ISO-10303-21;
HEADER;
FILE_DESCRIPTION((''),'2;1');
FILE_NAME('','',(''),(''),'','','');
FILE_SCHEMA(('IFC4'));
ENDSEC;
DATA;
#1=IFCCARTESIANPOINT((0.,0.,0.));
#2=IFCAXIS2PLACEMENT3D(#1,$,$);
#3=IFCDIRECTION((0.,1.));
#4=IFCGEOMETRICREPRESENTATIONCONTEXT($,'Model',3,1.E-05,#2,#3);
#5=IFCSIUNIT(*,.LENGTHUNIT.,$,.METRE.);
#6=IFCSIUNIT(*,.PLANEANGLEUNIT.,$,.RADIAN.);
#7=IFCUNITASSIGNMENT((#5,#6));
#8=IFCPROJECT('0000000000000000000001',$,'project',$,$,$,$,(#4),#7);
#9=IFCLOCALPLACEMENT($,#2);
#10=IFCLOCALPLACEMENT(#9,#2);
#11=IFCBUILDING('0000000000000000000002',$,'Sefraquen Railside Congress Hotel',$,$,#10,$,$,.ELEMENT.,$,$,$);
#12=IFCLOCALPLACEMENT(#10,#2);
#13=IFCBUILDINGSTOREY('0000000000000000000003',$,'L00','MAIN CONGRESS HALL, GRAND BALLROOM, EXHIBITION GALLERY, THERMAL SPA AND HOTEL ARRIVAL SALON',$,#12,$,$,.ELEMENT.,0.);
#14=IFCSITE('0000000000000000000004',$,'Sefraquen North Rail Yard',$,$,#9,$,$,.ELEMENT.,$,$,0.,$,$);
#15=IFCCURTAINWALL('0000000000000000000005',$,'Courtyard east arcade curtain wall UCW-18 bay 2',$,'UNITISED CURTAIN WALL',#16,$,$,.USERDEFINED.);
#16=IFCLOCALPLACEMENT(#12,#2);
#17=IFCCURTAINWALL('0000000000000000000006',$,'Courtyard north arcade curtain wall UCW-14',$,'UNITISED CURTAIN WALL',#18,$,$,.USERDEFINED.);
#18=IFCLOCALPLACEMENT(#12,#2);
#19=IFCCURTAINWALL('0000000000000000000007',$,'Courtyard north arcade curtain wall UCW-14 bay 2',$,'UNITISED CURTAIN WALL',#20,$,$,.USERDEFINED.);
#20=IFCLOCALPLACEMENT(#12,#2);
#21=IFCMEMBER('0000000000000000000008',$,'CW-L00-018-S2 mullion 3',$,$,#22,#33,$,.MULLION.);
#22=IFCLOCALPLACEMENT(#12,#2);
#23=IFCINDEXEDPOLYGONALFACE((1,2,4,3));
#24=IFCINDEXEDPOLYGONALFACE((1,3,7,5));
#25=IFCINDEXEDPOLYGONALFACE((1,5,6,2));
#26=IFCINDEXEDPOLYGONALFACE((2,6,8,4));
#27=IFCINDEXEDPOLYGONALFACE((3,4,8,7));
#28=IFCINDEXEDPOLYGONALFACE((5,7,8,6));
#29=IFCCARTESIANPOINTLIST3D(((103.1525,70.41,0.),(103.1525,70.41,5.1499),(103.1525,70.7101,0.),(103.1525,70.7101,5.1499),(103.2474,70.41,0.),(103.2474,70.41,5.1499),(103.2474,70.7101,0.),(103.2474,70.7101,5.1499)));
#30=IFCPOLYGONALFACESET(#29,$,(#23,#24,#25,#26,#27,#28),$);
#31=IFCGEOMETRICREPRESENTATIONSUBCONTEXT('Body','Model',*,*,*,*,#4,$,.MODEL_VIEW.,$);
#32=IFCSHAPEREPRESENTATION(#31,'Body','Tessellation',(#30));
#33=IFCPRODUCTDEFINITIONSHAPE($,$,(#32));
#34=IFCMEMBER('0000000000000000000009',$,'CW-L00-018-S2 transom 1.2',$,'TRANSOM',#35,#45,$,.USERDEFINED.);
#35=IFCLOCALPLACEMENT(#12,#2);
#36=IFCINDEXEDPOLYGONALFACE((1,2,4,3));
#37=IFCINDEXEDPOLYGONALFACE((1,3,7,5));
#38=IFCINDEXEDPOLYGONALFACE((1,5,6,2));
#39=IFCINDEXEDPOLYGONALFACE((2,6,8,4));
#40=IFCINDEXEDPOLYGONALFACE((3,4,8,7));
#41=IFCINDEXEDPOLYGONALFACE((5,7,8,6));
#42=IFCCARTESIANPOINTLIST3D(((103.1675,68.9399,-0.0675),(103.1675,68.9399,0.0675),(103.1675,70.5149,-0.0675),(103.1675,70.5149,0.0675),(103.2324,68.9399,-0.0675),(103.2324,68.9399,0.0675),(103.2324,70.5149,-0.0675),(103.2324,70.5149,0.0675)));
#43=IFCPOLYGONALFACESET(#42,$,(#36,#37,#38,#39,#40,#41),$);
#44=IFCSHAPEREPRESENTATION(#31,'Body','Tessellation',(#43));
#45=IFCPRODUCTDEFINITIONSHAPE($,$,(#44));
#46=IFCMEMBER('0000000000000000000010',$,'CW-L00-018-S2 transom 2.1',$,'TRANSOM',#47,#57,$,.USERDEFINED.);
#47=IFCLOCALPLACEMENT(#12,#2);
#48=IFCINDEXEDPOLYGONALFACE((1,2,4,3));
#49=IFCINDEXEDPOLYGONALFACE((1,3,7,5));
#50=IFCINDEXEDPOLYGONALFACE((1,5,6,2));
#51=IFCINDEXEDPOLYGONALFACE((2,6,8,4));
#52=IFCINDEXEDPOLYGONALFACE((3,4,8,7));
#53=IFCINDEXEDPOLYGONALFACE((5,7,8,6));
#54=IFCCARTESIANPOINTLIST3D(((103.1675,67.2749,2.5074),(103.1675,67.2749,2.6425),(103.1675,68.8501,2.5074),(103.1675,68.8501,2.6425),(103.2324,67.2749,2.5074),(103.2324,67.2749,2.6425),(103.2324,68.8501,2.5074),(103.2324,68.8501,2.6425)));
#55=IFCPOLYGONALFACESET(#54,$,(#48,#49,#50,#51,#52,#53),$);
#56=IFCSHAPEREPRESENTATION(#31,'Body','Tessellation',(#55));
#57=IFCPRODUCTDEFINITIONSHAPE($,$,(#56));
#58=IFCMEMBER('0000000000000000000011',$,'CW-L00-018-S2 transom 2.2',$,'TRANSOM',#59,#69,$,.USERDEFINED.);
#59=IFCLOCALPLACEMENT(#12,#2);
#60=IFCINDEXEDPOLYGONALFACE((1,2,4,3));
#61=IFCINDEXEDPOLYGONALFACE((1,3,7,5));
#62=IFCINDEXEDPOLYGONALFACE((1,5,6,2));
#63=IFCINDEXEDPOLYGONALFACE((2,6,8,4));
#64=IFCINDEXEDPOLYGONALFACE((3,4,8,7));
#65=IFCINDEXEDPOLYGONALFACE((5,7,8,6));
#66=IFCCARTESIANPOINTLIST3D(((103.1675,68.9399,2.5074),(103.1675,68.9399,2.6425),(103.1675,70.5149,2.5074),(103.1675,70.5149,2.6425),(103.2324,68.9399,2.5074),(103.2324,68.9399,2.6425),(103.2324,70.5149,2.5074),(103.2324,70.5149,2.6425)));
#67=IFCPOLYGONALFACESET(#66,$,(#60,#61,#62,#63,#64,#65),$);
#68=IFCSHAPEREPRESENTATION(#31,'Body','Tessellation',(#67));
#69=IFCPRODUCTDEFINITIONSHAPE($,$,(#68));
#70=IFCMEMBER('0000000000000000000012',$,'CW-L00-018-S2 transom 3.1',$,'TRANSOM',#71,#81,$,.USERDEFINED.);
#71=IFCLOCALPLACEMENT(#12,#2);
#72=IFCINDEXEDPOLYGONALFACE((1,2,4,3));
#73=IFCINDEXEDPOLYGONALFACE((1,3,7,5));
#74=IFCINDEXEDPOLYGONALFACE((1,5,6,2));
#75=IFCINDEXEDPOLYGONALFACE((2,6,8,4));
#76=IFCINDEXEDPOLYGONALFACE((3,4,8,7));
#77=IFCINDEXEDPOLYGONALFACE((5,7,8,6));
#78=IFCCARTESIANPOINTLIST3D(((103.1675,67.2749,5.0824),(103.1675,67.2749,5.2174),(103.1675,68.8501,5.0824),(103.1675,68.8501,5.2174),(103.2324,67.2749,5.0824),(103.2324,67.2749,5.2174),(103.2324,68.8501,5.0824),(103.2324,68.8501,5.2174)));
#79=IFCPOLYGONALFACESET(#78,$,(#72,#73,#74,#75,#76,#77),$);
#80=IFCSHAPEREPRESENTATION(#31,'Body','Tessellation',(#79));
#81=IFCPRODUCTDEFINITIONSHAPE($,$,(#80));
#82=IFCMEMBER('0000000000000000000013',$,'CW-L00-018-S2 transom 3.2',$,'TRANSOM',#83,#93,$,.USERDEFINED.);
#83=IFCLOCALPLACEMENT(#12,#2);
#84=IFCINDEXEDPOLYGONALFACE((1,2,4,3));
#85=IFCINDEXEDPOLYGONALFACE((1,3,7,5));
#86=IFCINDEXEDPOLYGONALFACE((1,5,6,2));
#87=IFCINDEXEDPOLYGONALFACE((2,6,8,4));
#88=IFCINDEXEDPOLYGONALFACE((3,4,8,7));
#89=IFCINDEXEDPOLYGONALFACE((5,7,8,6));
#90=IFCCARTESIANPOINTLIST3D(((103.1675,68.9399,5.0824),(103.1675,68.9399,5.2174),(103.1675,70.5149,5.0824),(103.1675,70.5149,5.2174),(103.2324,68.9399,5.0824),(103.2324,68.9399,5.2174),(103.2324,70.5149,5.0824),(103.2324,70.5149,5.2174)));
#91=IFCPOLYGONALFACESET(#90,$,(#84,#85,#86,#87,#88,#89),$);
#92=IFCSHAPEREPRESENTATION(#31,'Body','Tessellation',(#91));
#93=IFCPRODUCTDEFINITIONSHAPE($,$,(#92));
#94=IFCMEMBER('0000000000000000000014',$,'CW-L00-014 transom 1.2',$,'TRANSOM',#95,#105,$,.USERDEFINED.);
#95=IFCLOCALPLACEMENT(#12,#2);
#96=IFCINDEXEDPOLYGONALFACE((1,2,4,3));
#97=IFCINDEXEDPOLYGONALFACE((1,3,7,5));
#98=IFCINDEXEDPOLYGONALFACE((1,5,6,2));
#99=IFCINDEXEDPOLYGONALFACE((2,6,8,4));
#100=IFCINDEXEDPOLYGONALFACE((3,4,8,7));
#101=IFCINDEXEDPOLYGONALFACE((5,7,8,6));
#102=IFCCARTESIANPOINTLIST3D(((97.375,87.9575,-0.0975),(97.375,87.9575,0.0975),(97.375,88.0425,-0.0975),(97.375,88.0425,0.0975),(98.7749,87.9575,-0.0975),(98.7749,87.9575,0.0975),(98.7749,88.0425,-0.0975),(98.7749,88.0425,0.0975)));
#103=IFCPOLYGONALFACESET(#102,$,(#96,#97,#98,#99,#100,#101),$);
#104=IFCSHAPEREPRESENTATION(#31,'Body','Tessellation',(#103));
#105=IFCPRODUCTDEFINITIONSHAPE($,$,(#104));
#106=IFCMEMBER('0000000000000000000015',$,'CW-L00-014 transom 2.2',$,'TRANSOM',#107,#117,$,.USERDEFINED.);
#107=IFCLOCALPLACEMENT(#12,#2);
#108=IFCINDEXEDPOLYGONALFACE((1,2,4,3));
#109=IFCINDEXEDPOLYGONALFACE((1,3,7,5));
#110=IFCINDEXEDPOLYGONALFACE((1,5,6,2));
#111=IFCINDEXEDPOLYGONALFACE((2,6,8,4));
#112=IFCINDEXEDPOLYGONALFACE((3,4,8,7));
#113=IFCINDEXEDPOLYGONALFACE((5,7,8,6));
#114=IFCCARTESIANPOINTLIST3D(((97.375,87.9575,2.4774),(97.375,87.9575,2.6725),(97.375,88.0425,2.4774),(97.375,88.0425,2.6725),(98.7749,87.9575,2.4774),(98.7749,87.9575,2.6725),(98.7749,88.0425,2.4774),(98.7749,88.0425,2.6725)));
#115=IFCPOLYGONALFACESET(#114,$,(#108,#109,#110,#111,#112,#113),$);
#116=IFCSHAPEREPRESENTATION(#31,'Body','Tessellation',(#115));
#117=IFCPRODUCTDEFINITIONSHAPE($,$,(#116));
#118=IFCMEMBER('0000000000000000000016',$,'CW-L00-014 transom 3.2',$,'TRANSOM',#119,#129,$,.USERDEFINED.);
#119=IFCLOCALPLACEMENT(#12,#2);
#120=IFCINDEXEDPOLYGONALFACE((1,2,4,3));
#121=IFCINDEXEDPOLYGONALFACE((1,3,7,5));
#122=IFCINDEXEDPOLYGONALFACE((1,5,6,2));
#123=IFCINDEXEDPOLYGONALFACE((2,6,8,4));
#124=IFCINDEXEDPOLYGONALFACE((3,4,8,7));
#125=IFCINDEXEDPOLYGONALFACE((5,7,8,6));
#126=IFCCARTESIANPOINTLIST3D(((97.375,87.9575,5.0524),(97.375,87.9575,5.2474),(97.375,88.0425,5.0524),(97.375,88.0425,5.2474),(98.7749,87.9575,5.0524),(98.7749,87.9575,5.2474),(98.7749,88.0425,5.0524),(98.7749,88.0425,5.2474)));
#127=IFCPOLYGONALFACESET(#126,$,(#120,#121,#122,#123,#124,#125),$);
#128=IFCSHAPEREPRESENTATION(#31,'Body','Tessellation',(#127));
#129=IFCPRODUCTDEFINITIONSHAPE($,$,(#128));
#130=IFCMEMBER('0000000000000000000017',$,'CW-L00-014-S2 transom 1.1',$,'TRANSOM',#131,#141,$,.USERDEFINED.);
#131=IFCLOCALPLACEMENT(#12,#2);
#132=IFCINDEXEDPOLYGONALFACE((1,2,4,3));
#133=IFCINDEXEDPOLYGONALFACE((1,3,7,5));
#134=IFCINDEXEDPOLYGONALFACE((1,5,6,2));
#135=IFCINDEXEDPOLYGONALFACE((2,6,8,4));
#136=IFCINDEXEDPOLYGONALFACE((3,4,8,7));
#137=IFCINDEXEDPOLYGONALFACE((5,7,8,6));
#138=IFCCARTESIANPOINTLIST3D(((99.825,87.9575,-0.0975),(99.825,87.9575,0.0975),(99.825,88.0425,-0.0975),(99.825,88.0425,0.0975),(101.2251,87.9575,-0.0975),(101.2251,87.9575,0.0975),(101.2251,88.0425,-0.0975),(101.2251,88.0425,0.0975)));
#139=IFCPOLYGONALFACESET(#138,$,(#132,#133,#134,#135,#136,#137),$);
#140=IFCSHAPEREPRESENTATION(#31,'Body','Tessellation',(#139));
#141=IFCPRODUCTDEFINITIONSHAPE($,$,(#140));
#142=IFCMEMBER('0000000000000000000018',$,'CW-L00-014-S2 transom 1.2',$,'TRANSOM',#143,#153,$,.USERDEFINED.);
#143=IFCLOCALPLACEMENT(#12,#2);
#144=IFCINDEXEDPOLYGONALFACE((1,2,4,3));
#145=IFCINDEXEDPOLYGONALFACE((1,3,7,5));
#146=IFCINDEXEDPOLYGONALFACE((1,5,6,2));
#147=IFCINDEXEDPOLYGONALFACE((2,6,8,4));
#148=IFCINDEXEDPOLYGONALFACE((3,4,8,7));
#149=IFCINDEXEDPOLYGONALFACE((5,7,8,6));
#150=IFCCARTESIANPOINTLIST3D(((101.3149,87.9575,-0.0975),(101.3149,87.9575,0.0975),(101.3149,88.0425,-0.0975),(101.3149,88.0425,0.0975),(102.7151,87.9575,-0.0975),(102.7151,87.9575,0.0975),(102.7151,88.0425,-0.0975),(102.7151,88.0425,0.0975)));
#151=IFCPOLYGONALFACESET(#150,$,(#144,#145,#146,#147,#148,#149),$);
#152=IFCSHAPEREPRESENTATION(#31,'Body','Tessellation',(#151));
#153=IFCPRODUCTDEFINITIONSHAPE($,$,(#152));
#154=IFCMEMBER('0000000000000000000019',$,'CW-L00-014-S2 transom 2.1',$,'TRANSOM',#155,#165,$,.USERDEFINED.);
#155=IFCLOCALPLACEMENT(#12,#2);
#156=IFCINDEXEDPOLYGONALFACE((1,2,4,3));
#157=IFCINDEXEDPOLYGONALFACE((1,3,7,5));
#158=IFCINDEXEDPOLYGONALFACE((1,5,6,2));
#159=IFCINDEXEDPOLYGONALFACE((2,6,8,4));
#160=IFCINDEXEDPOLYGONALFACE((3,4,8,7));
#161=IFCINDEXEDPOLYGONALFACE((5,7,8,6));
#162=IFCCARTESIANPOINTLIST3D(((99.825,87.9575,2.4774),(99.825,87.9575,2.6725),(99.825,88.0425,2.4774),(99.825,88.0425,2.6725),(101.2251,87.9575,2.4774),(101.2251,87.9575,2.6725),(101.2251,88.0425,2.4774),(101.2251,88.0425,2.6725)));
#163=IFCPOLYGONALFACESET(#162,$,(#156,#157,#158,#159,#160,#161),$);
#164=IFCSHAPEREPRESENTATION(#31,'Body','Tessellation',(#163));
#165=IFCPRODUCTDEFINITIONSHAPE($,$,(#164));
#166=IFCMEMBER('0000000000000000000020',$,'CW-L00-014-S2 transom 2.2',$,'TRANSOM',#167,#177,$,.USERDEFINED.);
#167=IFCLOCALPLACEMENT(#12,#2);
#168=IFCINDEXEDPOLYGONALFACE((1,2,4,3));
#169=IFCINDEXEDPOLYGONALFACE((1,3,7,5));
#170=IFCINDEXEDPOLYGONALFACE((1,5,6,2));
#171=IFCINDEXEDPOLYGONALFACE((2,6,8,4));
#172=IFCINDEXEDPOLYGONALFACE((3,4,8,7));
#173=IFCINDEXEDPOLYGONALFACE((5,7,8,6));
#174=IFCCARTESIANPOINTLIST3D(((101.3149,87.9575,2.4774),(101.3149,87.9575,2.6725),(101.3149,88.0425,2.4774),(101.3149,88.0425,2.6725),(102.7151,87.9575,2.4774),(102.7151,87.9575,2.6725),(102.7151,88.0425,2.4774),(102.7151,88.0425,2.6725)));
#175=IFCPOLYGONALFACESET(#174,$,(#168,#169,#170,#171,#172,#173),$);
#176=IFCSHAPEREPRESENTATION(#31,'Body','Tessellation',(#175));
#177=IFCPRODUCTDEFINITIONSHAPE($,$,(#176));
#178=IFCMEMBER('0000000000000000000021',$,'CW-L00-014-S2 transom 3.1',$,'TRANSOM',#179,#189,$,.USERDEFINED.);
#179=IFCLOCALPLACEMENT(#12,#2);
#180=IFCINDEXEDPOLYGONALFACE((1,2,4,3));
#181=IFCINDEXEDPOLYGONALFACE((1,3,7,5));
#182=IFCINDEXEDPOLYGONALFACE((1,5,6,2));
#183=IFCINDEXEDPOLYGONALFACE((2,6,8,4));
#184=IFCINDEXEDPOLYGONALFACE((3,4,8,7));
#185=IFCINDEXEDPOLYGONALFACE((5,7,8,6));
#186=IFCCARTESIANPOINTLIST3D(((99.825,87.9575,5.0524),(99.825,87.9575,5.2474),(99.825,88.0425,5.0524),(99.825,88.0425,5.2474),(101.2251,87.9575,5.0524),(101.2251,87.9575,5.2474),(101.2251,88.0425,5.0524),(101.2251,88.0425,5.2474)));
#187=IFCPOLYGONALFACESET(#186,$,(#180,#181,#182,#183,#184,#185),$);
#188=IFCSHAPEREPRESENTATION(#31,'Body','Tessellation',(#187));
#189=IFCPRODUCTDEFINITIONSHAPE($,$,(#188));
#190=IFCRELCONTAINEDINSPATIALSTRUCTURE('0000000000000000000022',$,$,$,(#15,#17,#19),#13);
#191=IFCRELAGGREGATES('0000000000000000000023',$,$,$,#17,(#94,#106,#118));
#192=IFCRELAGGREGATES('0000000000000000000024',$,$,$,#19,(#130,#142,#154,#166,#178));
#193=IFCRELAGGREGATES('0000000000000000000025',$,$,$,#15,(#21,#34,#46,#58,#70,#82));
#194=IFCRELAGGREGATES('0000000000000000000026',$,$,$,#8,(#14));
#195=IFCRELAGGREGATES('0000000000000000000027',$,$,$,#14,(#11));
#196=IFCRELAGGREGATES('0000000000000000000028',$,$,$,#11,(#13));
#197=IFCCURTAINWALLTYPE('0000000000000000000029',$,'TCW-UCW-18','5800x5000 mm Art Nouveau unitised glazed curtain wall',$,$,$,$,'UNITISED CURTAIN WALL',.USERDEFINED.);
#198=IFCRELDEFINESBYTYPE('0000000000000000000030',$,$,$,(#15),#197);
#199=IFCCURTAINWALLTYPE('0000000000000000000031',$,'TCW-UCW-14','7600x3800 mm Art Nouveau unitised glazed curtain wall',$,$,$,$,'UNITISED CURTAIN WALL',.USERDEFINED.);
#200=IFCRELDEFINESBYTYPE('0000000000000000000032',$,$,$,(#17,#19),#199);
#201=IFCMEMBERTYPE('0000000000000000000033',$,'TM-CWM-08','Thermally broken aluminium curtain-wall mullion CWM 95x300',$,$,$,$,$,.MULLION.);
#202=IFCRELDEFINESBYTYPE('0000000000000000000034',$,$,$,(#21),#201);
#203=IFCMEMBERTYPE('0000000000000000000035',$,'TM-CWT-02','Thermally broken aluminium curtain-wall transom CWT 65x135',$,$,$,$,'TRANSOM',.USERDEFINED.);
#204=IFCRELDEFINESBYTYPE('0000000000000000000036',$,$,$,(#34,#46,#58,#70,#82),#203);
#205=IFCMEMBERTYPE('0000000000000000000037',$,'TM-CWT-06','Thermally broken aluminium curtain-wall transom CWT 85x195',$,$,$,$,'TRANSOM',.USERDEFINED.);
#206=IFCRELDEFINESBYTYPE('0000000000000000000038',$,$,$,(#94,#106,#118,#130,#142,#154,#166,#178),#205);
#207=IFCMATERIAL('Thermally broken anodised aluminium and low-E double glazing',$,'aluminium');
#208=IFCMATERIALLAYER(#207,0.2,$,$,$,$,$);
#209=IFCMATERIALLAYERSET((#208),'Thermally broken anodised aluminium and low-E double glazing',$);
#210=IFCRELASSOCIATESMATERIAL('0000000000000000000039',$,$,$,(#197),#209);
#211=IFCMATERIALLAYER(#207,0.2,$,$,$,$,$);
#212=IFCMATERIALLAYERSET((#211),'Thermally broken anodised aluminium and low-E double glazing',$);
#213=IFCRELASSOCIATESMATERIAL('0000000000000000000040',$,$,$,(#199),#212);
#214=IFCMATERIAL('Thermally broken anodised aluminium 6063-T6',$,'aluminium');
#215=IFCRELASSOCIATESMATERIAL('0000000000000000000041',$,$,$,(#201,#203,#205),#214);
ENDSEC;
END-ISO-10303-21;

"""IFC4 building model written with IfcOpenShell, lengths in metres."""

from ifc_helpers import new_model, si_unit, direction, frame, origin, origin_2d, place, context, subcontext, project, spatial, rectangle, extrude, material, layer, layer_set, material_profile, profile_set, type_object, element, aggregate, save


model = new_model("IFC4")

# Units and contexts
model_context = context("Model", 3, precision=1e-05, world=origin(), true_north=direction((0.0, 1.0)))
body_context = subcontext(model_context, "Body", "Model", "MODEL_VIEW")
ifc_project = project(units=[si_unit("LENGTHUNIT", "METRE"), si_unit("PLANEANGLEUNIT", "RADIAN")], contexts=[model_context])

# Site, building, storey
site_placement = place(None, origin())
site = spatial("IfcSite", under=ifc_project, at=site_placement, Name="Sefraquen North Rail Yard", CompositionType="ELEMENT", RefElevation=0.0)
building_placement = place(site_placement, origin())
building = spatial("IfcBuilding", under=site, at=building_placement, Name="Sefraquen Railside Congress Hotel", CompositionType="ELEMENT")
storey_placement = place(building_placement, origin())
storey = spatial("IfcBuildingStorey", under=building, at=storey_placement, Name="L00", Description="MAIN CONGRESS HALL, GRAND BALLROOM, EXHIBITION GALLERY, THERMAL SPA AND HOTEL ARRIVAL SALON", CompositionType="ELEMENT", Elevation=0.0)

# Curtain walls
ifc_material_1 = material(Name="Thermally broken anodised aluminium and low-E double glazing", Category="aluminium")
ifc_layer_1 = layer(ifc_material_1, 0.2)
ifc_layer_set_1 = layer_set([ifc_layer_1], Name="Thermally broken anodised aluminium and low-E double glazing")
curtain_wall_type_1 = type_object("IfcCurtainWallType", Name="TCW-UCW-18", Description="5800x5000 mm Art Nouveau unitised glazed curtain wall", ElementType="UNITISED CURTAIN WALL", PredefinedType="USERDEFINED", material=ifc_layer_set_1)
curtain_wall_1_placement = place(storey_placement, origin())
curtain_wall_1 = element("IfcCurtainWall", 1, at=curtain_wall_1_placement, inside=storey, type_object=curtain_wall_type_1, Name="Courtyard east arcade curtain wall UCW-18 bay 2", ObjectType="UNITISED CURTAIN WALL", PredefinedType="USERDEFINED")
ifc_material_2 = material(Name="Thermally broken anodised aluminium 6063-T6", Category="aluminium")
ifc_layer_2 = layer(ifc_material_1, 0.2)
ifc_layer_set_2 = layer_set([ifc_layer_2], Name="Thermally broken anodised aluminium and low-E double glazing")
curtain_wall_type_2 = type_object("IfcCurtainWallType", Name="TCW-UCW-14", Description="7600x3800 mm Art Nouveau unitised glazed curtain wall", ElementType="UNITISED CURTAIN WALL", PredefinedType="USERDEFINED", material=ifc_layer_set_2)
curtain_wall_2_placement = place(storey_placement, origin())
curtain_wall_2 = element("IfcCurtainWall", 2, at=curtain_wall_2_placement, inside=storey, type_object=curtain_wall_type_2, Name="Courtyard north arcade curtain wall UCW-14", ObjectType="UNITISED CURTAIN WALL", PredefinedType="USERDEFINED")
curtain_wall_3_placement = place(storey_placement, origin())
curtain_wall_3 = element("IfcCurtainWall", 3, at=curtain_wall_3_placement, inside=storey, type_object=curtain_wall_type_2, Name="Courtyard north arcade curtain wall UCW-14 bay 2", ObjectType="UNITISED CURTAIN WALL", PredefinedType="USERDEFINED")

# Members
ifc_material_profile_1 = material_profile(ifc_material_2, rectangle(XDim=0.095, YDim=0.3, at=origin_2d()), Name="CWM 95x300")
ifc_profile_set_1 = profile_set([ifc_material_profile_1], Name="Thermally broken anodised aluminium 6063-T6")
member_type_1 = type_object("IfcMemberType", Name="TM-CWM-08", Description="Thermally broken aluminium curtain-wall mullion CWM 95x300", PredefinedType="MULLION", material=ifc_profile_set_1)
member_1_placement = place(storey_placement, frame((103.2, 70.5601, 0.0), z_axis=(0.0, 0.0, 1.0), x_axis=(1.0, 0.0, 0.0)))
member_1 = element("IfcMember", 4, at=member_1_placement, type_object=member_type_1, Name="CW-L00-018-S2 mullion 3", PredefinedType="MULLION", context=body_context, shape_type="SweptSolid", body=[
    extrude(rectangle(XDim=0.095, YDim=0.3, at=origin_2d()), origin(), (0.0, 0.0, 1.0), 5.1499),
])
ifc_material_profile_2 = material_profile(ifc_material_2, rectangle(XDim=0.0649, YDim=0.135, at=origin_2d()), Name="CWT 65x135")
ifc_profile_set_2 = profile_set([ifc_material_profile_2], Name="Thermally broken anodised aluminium 6063-T6")
member_type_2 = type_object("IfcMemberType", Name="TM-CWT-02", Description="Thermally broken aluminium curtain-wall transom CWT 65x135", ElementType="TRANSOM", PredefinedType="USERDEFINED", material=ifc_profile_set_2)
member_2_placement = place(storey_placement, frame((103.2, 68.9399, 0.0), z_axis=(0.0, 1.0, 0.0), x_axis=(-1.0, 0.0, 0.0)))
member_2 = element("IfcMember", 5, at=member_2_placement, type_object=member_type_2, Name="CW-L00-018-S2 transom 1.2", ObjectType="TRANSOM", PredefinedType="USERDEFINED", context=body_context, shape_type="SweptSolid", body=[
    extrude(rectangle(XDim=0.0649, YDim=0.135, at=origin_2d()), origin(), (0.0, 0.0, 1.0), 1.575),
])
member_3_placement = place(storey_placement, frame((103.2, 67.2749, 2.575), z_axis=(0.0, 1.0, 0.0), x_axis=(-1.0, 0.0, 0.0)))
member_3 = element("IfcMember", 6, at=member_3_placement, type_object=member_type_2, Name="CW-L00-018-S2 transom 2.1", ObjectType="TRANSOM", PredefinedType="USERDEFINED", context=body_context, shape_type="SweptSolid", body=[
    extrude(rectangle(XDim=0.0649, YDim=0.135, at=origin_2d()), origin(), (0.0, 0.0, 1.0), 1.5752),
])
member_4_placement = place(storey_placement, frame((103.2, 68.9399, 2.575), z_axis=(0.0, 1.0, 0.0), x_axis=(-1.0, 0.0, 0.0)))
member_4 = element("IfcMember", 7, at=member_4_placement, type_object=member_type_2, Name="CW-L00-018-S2 transom 2.2", ObjectType="TRANSOM", PredefinedType="USERDEFINED", context=body_context, shape_type="SweptSolid", body=[
    extrude(rectangle(XDim=0.0649, YDim=0.135, at=origin_2d()), origin(), (0.0, 0.0, 1.0), 1.575),
])
member_5_placement = place(storey_placement, frame((103.2, 67.2749, 5.1499), z_axis=(0.0, 1.0, 0.0), x_axis=(-1.0, 0.0, 0.0)))
member_5 = element("IfcMember", 8, at=member_5_placement, type_object=member_type_2, Name="CW-L00-018-S2 transom 3.1", ObjectType="TRANSOM", PredefinedType="USERDEFINED", context=body_context, shape_type="SweptSolid", body=[
    extrude(rectangle(XDim=0.0649, YDim=0.135, at=origin_2d()), origin(), (0.0, 0.0, 1.0), 1.5752),
])
member_6_placement = place(storey_placement, frame((103.2, 68.9399, 5.1499), z_axis=(0.0, 1.0, 0.0), x_axis=(-1.0, 0.0, 0.0)))
member_6 = element("IfcMember", 9, at=member_6_placement, type_object=member_type_2, Name="CW-L00-018-S2 transom 3.2", ObjectType="TRANSOM", PredefinedType="USERDEFINED", context=body_context, shape_type="SweptSolid", body=[
    extrude(rectangle(XDim=0.0649, YDim=0.135, at=origin_2d()), origin(), (0.0, 0.0, 1.0), 1.575),
])
ifc_material_profile_3 = material_profile(ifc_material_2, rectangle(XDim=0.085, YDim=0.1951, at=origin_2d()), Name="CWT 85x195")
ifc_profile_set_3 = profile_set([ifc_material_profile_3], Name="Thermally broken anodised aluminium 6063-T6")
member_type_3 = type_object("IfcMemberType", Name="TM-CWT-06", Description="Thermally broken aluminium curtain-wall transom CWT 85x195", ElementType="TRANSOM", PredefinedType="USERDEFINED", material=ifc_profile_set_3)
member_7_placement = place(storey_placement, frame((97.375, 88.0, 0.0), z_axis=(1.0, 0.0, 0.0), x_axis=(0.0, 1.0, 0.0)))
member_7 = element("IfcMember", 10, at=member_7_placement, type_object=member_type_3, Name="CW-L00-014 transom 1.2", ObjectType="TRANSOM", PredefinedType="USERDEFINED", context=body_context, shape_type="SweptSolid", body=[
    extrude(rectangle(XDim=0.085, YDim=0.1951, at=origin_2d()), origin(), (0.0, 0.0, 1.0), 1.3999),
])
member_8_placement = place(storey_placement, frame((97.375, 88.0, 2.575), z_axis=(1.0, 0.0, 0.0), x_axis=(0.0, 1.0, 0.0)))
member_8 = element("IfcMember", 11, at=member_8_placement, type_object=member_type_3, Name="CW-L00-014 transom 2.2", ObjectType="TRANSOM", PredefinedType="USERDEFINED", context=body_context, shape_type="SweptSolid", body=[
    extrude(rectangle(XDim=0.085, YDim=0.1951, at=origin_2d()), origin(), (0.0, 0.0, 1.0), 1.3999),
])
member_9_placement = place(storey_placement, frame((97.375, 88.0, 5.1499), z_axis=(1.0, 0.0, 0.0), x_axis=(0.0, 1.0, 0.0)))
member_9 = element("IfcMember", 12, at=member_9_placement, type_object=member_type_3, Name="CW-L00-014 transom 3.2", ObjectType="TRANSOM", PredefinedType="USERDEFINED", context=body_context, shape_type="SweptSolid", body=[
    extrude(rectangle(XDim=0.085, YDim=0.1951, at=origin_2d()), origin(), (0.0, 0.0, 1.0), 1.3999),
])
member_10_placement = place(storey_placement, frame((99.825, 88.0, 0.0), z_axis=(1.0, 0.0, 0.0), x_axis=(0.0, 1.0, 0.0)))
member_10 = element("IfcMember", 13, at=member_10_placement, type_object=member_type_3, Name="CW-L00-014-S2 transom 1.1", ObjectType="TRANSOM", PredefinedType="USERDEFINED", context=body_context, shape_type="SweptSolid", body=[
    extrude(rectangle(XDim=0.085, YDim=0.1951, at=origin_2d()), origin(), (0.0, 0.0, 1.0), 1.4001),
])
member_11_placement = place(storey_placement, frame((101.3149, 88.0, 0.0), z_axis=(1.0, 0.0, 0.0), x_axis=(0.0, 1.0, 0.0)))
member_11 = element("IfcMember", 14, at=member_11_placement, type_object=member_type_3, Name="CW-L00-014-S2 transom 1.2", ObjectType="TRANSOM", PredefinedType="USERDEFINED", context=body_context, shape_type="SweptSolid", body=[
    extrude(rectangle(XDim=0.085, YDim=0.1951, at=origin_2d()), origin(), (0.0, 0.0, 1.0), 1.4001),
])
member_12_placement = place(storey_placement, frame((99.825, 88.0, 2.575), z_axis=(1.0, 0.0, 0.0), x_axis=(0.0, 1.0, 0.0)))
member_12 = element("IfcMember", 15, at=member_12_placement, type_object=member_type_3, Name="CW-L00-014-S2 transom 2.1", ObjectType="TRANSOM", PredefinedType="USERDEFINED", context=body_context, shape_type="SweptSolid", body=[
    extrude(rectangle(XDim=0.085, YDim=0.1951, at=origin_2d()), origin(), (0.0, 0.0, 1.0), 1.4001),
])
member_13_placement = place(storey_placement, frame((101.3149, 88.0, 2.575), z_axis=(1.0, 0.0, 0.0), x_axis=(0.0, 1.0, 0.0)))
member_13 = element("IfcMember", 16, at=member_13_placement, type_object=member_type_3, Name="CW-L00-014-S2 transom 2.2", ObjectType="TRANSOM", PredefinedType="USERDEFINED", context=body_context, shape_type="SweptSolid", body=[
    extrude(rectangle(XDim=0.085, YDim=0.1951, at=origin_2d()), origin(), (0.0, 0.0, 1.0), 1.4001),
])
member_14_placement = place(storey_placement, frame((99.825, 88.0, 5.1499), z_axis=(1.0, 0.0, 0.0), x_axis=(0.0, 1.0, 0.0)))
member_14 = element("IfcMember", 17, at=member_14_placement, type_object=member_type_3, Name="CW-L00-014-S2 transom 3.1", ObjectType="TRANSOM", PredefinedType="USERDEFINED", context=body_context, shape_type="SweptSolid", body=[
    extrude(rectangle(XDim=0.085, YDim=0.1951, at=origin_2d()), origin(), (0.0, 0.0, 1.0), 1.4001),
])

aggregate(curtain_wall_2, [member_7, member_8, member_9])
aggregate(curtain_wall_3, [member_10, member_11, member_12, member_13, member_14])
aggregate(curtain_wall_1, [member_1, member_2, member_3, member_4, member_5, member_6])

save(model, "model.ifc")
